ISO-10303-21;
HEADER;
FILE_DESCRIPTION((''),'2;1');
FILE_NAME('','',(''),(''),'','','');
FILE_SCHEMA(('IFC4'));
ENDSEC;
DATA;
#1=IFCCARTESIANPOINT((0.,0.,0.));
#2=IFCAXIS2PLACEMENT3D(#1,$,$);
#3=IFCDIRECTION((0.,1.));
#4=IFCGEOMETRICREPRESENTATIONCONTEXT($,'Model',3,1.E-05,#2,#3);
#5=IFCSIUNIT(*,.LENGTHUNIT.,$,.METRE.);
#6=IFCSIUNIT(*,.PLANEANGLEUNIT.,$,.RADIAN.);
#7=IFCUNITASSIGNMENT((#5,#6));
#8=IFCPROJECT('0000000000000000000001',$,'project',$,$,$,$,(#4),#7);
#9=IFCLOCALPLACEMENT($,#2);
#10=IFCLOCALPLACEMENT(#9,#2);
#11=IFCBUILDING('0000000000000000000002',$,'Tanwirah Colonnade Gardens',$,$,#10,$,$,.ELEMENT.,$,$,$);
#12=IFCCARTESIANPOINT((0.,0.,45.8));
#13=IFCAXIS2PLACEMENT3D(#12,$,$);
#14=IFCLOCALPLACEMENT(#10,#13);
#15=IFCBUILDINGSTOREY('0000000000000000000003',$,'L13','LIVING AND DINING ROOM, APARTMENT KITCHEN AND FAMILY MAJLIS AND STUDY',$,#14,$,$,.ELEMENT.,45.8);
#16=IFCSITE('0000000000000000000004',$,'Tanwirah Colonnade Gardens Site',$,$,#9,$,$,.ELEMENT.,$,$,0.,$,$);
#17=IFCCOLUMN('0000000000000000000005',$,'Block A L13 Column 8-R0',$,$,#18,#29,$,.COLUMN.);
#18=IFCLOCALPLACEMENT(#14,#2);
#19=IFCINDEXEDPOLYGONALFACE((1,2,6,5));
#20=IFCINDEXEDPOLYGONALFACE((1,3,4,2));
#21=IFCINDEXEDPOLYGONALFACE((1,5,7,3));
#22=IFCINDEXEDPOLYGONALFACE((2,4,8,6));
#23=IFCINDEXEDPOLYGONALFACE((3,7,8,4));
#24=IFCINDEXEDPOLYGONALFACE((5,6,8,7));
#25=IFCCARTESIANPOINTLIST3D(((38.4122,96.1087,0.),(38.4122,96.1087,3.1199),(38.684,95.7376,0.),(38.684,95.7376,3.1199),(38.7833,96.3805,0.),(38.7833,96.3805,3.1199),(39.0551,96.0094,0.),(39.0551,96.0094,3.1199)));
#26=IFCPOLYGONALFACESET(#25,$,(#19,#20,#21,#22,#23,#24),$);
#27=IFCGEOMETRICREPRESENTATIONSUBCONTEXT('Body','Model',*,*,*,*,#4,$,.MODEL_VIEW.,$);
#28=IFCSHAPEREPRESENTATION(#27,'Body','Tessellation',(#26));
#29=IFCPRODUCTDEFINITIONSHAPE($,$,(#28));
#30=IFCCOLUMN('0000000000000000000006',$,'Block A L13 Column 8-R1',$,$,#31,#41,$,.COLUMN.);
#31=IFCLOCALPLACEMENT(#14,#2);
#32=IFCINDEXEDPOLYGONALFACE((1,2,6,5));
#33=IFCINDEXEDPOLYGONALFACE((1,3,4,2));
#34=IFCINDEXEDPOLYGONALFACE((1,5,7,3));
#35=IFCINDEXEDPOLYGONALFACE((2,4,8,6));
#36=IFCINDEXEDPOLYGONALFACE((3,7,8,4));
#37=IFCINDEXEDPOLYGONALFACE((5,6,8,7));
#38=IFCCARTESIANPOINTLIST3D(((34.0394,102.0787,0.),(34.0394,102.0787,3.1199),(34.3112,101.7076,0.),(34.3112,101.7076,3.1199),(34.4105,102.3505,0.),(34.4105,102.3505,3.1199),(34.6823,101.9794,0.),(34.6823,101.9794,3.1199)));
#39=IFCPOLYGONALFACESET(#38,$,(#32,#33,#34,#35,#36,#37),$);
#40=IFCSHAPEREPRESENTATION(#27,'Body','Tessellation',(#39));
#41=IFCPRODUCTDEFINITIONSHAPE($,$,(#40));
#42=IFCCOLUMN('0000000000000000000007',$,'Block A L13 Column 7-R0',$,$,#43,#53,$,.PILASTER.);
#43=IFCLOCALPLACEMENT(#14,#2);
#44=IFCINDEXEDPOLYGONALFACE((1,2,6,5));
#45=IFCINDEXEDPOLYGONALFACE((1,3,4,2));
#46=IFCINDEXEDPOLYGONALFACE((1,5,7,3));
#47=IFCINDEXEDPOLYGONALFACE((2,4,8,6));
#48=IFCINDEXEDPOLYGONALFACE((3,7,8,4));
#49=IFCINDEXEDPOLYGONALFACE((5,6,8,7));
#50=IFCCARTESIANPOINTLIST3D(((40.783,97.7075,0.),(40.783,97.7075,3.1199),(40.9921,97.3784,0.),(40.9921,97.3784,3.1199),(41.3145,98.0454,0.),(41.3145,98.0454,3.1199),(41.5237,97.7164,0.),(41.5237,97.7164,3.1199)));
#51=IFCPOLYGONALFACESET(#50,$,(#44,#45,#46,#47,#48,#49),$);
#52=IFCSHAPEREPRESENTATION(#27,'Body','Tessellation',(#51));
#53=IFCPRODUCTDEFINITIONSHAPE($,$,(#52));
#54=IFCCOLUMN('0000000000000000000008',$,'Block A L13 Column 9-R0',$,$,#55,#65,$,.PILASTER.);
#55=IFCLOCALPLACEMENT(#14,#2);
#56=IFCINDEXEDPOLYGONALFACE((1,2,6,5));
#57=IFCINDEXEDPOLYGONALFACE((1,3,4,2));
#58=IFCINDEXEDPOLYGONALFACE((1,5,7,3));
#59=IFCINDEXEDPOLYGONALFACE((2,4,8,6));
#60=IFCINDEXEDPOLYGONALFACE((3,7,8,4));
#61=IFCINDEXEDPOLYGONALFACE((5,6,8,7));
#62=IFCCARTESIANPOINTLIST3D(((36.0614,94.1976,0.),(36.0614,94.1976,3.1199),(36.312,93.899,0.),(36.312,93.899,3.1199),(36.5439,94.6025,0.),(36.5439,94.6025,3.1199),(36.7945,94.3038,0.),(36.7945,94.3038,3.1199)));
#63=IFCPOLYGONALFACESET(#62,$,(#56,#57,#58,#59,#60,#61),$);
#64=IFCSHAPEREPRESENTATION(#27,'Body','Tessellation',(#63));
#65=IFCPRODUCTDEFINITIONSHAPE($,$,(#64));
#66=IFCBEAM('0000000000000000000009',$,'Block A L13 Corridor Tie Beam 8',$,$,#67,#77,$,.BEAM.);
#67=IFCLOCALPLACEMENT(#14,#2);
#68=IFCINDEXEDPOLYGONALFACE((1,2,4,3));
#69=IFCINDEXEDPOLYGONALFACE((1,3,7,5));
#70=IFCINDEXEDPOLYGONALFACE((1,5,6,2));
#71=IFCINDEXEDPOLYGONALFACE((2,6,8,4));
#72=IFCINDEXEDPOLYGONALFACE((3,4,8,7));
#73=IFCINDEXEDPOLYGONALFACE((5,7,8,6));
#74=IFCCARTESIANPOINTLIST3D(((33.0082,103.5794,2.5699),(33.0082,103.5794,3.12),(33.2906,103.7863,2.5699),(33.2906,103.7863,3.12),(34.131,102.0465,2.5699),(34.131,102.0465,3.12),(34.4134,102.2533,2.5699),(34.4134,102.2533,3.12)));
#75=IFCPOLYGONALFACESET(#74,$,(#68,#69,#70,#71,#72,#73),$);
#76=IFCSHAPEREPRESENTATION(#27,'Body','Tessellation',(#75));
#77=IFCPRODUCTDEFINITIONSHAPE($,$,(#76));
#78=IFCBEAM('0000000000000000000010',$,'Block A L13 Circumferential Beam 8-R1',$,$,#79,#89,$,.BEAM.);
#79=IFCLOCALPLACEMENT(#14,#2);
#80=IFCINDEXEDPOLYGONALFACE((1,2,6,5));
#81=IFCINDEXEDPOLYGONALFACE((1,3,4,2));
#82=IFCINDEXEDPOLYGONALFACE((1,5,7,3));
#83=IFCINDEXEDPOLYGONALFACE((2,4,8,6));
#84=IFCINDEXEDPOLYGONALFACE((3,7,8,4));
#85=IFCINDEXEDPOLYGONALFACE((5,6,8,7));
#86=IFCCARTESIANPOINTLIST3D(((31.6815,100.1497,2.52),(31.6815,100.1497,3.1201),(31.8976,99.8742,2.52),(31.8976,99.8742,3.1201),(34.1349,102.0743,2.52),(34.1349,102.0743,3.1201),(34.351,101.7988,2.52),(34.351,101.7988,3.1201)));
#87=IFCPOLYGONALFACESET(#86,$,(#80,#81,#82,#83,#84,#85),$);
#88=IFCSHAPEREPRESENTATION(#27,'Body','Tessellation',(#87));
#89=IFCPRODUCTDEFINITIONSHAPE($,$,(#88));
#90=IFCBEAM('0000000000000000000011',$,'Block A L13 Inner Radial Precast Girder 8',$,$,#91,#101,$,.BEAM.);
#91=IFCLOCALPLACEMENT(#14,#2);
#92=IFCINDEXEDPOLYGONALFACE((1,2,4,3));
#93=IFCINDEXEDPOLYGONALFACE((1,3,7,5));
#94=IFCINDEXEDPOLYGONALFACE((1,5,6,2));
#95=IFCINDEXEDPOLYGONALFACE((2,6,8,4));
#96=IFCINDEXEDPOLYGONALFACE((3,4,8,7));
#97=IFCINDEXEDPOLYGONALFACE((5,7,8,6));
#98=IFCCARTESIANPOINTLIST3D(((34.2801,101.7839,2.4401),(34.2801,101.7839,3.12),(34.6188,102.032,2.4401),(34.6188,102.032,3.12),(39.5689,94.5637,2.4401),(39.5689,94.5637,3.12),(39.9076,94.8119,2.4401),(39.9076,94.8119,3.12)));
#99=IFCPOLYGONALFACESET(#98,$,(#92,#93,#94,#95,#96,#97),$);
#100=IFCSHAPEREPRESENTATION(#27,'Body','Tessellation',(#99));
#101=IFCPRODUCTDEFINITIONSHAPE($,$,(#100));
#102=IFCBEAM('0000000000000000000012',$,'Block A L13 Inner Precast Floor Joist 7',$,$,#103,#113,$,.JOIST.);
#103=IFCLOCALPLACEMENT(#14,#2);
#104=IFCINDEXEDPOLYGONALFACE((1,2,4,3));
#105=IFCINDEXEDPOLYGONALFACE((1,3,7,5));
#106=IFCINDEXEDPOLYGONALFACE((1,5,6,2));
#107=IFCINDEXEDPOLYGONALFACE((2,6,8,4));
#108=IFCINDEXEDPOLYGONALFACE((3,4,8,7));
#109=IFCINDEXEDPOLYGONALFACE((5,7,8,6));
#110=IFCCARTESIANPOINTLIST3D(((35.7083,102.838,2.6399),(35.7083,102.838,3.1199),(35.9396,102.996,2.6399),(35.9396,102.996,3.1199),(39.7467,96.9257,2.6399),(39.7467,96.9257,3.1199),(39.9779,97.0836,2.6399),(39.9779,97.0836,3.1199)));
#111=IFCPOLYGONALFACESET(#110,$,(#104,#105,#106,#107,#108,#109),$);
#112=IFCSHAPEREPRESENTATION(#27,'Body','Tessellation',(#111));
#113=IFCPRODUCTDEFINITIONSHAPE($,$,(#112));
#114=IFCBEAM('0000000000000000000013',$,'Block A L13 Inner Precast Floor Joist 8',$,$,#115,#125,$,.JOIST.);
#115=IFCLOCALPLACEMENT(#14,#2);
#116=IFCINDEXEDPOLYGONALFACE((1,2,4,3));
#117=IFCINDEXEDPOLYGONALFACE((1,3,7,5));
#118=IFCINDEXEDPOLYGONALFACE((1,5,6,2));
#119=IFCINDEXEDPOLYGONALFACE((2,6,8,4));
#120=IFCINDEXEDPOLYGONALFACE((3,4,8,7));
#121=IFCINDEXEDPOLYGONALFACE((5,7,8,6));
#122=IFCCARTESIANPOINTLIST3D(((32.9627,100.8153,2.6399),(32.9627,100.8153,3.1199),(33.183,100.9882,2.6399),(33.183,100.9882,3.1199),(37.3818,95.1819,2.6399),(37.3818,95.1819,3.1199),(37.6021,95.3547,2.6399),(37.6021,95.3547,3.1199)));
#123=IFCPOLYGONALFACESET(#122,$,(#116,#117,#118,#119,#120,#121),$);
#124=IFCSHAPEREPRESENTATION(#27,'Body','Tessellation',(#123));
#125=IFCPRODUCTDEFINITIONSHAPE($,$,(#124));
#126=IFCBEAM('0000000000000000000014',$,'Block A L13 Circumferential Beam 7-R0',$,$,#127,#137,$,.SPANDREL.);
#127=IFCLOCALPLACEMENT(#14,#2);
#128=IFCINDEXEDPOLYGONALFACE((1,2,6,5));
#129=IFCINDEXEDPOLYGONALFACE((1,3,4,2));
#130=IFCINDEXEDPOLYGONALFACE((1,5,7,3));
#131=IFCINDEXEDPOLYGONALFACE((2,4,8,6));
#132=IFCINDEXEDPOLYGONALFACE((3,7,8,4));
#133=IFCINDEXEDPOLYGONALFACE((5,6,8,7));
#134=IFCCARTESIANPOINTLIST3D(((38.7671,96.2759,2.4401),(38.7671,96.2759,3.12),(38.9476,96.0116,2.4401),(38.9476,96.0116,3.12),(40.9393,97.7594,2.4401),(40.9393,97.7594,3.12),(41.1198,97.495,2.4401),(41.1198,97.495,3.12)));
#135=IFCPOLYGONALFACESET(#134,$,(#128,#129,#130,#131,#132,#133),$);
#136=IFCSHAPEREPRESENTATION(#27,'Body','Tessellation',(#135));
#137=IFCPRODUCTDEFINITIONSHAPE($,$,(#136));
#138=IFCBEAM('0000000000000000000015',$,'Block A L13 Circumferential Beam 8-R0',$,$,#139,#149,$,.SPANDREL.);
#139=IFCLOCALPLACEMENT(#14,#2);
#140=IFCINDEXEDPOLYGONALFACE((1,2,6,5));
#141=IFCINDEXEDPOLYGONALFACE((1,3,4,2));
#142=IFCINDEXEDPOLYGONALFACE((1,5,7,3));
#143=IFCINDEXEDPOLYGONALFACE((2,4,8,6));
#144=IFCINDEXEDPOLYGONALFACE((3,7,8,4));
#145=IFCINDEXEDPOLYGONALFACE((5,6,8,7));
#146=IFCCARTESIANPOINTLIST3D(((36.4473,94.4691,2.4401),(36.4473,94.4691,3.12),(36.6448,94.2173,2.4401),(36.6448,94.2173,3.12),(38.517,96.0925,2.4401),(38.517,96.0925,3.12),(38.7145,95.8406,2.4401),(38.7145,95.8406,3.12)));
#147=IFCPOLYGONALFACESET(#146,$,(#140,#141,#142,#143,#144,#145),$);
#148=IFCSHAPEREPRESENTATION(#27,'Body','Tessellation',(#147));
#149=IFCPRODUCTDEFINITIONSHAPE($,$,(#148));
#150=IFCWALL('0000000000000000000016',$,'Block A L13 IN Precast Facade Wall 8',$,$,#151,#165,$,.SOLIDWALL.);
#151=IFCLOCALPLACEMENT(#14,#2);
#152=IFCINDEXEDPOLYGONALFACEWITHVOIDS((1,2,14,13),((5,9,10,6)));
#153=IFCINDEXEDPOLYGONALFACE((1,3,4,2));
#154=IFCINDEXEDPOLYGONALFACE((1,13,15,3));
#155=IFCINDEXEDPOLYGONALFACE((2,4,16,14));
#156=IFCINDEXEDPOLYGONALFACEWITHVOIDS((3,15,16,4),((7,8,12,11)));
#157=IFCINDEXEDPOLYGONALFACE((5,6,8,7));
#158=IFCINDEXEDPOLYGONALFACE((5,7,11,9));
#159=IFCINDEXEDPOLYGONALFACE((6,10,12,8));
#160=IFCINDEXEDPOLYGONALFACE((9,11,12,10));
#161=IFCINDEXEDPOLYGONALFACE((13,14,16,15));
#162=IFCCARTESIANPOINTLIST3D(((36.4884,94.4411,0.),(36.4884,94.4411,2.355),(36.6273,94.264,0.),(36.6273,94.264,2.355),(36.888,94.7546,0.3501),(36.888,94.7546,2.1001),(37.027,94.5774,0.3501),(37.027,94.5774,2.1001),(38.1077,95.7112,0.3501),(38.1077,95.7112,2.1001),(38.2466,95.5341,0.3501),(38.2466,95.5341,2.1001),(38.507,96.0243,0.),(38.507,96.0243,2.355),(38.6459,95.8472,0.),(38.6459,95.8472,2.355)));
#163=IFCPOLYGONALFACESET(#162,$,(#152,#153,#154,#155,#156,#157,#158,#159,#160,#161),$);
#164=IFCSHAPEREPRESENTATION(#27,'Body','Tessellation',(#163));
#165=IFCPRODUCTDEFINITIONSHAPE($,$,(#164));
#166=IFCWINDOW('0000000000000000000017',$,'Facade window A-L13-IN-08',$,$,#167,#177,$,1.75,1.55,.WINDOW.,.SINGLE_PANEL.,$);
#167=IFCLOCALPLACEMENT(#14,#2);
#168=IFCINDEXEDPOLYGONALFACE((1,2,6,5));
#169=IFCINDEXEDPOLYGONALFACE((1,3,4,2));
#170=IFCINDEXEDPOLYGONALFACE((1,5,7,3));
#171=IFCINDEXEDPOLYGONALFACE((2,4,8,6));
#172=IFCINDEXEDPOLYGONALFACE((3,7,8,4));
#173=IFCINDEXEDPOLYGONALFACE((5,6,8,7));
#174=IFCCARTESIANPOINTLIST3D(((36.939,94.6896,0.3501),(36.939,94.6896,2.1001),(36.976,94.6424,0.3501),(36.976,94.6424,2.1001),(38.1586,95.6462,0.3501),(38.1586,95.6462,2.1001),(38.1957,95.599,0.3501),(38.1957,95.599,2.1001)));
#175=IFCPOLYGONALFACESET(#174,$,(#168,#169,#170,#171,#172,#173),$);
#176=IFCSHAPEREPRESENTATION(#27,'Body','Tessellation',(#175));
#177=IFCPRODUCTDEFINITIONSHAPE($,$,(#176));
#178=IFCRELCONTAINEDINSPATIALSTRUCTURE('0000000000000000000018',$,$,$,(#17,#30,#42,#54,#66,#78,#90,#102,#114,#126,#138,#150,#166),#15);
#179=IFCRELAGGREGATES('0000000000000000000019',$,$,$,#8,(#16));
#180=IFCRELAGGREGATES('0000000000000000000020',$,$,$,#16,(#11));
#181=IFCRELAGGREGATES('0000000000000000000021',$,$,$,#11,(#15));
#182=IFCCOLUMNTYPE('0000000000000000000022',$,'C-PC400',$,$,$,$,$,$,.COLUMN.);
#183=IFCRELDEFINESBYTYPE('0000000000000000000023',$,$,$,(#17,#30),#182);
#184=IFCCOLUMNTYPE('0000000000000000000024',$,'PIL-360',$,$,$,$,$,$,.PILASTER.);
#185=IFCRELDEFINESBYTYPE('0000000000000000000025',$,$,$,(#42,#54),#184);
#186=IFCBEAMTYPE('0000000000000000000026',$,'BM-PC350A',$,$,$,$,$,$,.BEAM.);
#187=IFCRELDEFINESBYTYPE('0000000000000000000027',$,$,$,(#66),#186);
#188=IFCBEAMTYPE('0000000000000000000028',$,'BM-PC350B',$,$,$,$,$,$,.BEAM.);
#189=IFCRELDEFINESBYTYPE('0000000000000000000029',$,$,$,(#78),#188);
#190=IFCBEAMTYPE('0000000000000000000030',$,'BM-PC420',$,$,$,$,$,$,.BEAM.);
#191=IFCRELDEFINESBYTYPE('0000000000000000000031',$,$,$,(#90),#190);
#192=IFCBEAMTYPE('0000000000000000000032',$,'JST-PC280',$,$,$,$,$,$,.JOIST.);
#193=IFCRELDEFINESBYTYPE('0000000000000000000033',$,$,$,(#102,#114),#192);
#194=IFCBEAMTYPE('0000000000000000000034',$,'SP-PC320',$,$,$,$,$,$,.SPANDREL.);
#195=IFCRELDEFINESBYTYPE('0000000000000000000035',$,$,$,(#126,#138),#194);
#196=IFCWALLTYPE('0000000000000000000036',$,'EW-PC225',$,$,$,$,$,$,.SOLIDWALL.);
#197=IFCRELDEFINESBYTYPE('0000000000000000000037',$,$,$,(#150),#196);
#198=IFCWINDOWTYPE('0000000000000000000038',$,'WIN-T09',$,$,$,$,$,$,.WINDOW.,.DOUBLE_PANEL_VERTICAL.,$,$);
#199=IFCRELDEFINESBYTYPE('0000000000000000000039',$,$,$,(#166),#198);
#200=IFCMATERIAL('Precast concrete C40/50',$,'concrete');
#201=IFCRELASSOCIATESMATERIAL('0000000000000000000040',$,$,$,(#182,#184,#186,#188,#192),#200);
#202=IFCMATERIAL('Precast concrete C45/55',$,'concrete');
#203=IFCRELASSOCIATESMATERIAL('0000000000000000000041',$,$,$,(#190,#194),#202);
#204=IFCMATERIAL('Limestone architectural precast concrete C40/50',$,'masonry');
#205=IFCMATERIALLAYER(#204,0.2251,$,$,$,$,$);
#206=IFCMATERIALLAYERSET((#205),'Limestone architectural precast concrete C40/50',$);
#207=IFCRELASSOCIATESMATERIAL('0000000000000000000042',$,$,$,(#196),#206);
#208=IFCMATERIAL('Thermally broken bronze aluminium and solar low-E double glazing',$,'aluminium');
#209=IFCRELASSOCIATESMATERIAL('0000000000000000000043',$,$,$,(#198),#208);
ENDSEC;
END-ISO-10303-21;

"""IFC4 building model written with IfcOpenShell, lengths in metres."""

from ifc_helpers import new_model, si_unit, direction, frame, frame_2d, origin, origin_2d, place, context, subcontext, project, spatial, rectangle, extrude, material, layer, layer_set, material_profile, profile_set, type_object, element, fill, save


model = new_model("IFC4")

# Units and contexts
model_context = context("Model", 3, precision=1e-05, world=origin(), true_north=direction((0.0, 1.0)))
body_context = subcontext(model_context, "Body", "Model", "MODEL_VIEW")
ifc_project = project(units=[si_unit("LENGTHUNIT", "METRE"), si_unit("PLANEANGLEUNIT", "RADIAN")], contexts=[model_context])

# Site, building, storey
site_placement = place(None, origin())
site = spatial("IfcSite", under=ifc_project, at=site_placement, Name="Tanwirah Colonnade Gardens Site", CompositionType="ELEMENT", RefElevation=0.0)
building_placement = place(site_placement, origin())
building = spatial("IfcBuilding", under=site, at=building_placement, Name="Tanwirah Colonnade Gardens", CompositionType="ELEMENT")
storey_placement = place(building_placement, frame((0.0, 0.0, 45.8)))
storey = spatial("IfcBuildingStorey", under=building, at=storey_placement, Name="L13", Description="LIVING AND DINING ROOM, APARTMENT KITCHEN AND FAMILY MAJLIS AND STUDY", CompositionType="ELEMENT", Elevation=45.8)

# Columns
ifc_material_1 = material(Name="Precast concrete C40/50", Category="concrete")
ifc_material_profile_1 = material_profile(ifc_material_1, rectangle(XDim=0.46, YDim=0.46, at=origin_2d()), Name="PC-COL 460x460")
ifc_profile_set_1 = profile_set([ifc_material_profile_1], Name="Precast concrete C40/50")
column_type_1 = type_object("IfcColumnType", Name="C-PC400", PredefinedType="COLUMN", material=ifc_profile_set_1)
for number, where, z_axis, x_axis, name in (
    (1, (38.7336, 96.0591, 0.0), (0.0, 0.0, 1.0), (-0.590919, 0.806731, 0.0), "Block A L13 Column 8-R0"),
    (2, (34.3608, 102.0291, 0.0), (0.0, 0.0, 1.0), (-0.590919, 0.806731, 0.0), "Block A L13 Column 8-R1"),
):
    element("IfcColumn", number, at=place(storey_placement, frame(where, z_axis=z_axis, x_axis=x_axis)), inside=storey, type_object=column_type_1, Name=name, PredefinedType="COLUMN", context=body_context, shape_type="SweptSolid", body=[
        extrude(rectangle(XDim=0.46, YDim=0.46, at=origin_2d()), origin(), (0.0, 0.0, 1.0), 3.1199),
    ])
ifc_material_profile_2 = material_profile(ifc_material_1, rectangle(XDim=0.3899, YDim=0.6299, at=origin_2d()), Name="PC-PIL 390x630")
ifc_profile_set_2 = profile_set([ifc_material_profile_2], Name="Precast concrete C40/50")
column_type_2 = type_object("IfcColumnType", Name="PIL-360", PredefinedType="PILASTER", material=ifc_profile_set_2)
for number, where, z_axis, x_axis, name in (
    (3, (41.1533, 97.7119, 0.0), (0.0, 0.0, 1.0), (-0.536482, 0.843912, 0.0), "Block A L13 Column 7-R0"),
    (4, (36.428, 94.2507, 0.0), (0.0, 0.0, 1.0), (-0.642788, 0.766044, 0.0), "Block A L13 Column 9-R0"),
):
    element("IfcColumn", number, at=place(storey_placement, frame(where, z_axis=z_axis, x_axis=x_axis)), inside=storey, type_object=column_type_2, Name=name, PredefinedType="PILASTER", context=body_context, shape_type="SweptSolid", body=[
        extrude(rectangle(XDim=0.3899, YDim=0.6299, at=origin_2d()), origin(), (0.0, 0.0, 1.0), 3.1199),
    ])

# Beams
ifc_material_profile_3 = material_profile(ifc_material_1, rectangle(XDim=0.3501, YDim=0.55, at=origin_2d()), Name="PC-BM 350x550")
ifc_profile_set_3 = profile_set([ifc_material_profile_3], Name="Precast concrete C40/50")
beam_type_1 = type_object("IfcBeamType", Name="BM-PC350A", PredefinedType="BEAM", material=ifc_profile_set_3)
beam_1_placement = place(storey_placement, frame((34.2722, 102.1499, 2.845), z_axis=(-0.590896, 0.806748, 0.0), x_axis=(-0.806748, -0.590896, 0.0)))
element("IfcBeam", 5, at=beam_1_placement, inside=storey, type_object=beam_type_1, Name="Block A L13 Corridor Tie Beam 8", PredefinedType="BEAM", context=body_context, shape_type="SweptSolid", body=[
    extrude(rectangle(XDim=0.3501, YDim=0.55, at=origin_2d()), origin(), (0.0, 0.0, 1.0), 1.9001),
])
ifc_material_profile_4 = material_profile(ifc_material_1, rectangle(XDim=0.3501, YDim=0.6001, at=origin_2d()), Name="PC-BM 350x600")
ifc_profile_set_4 = profile_set([ifc_material_profile_4], Name="Precast concrete C40/50")
beam_type_2 = type_object("IfcBeamType", Name="BM-PC350B", PredefinedType="BEAM", material=ifc_profile_set_4)
beam_2_placement = place(storey_placement, frame((34.2429, 101.9365, 2.8201), z_axis=(-0.786799, -0.617209, 0.0), x_axis=(0.617209, -0.786799, 0.0)))
element("IfcBeam", 6, at=beam_2_placement, inside=storey, type_object=beam_type_2, Name="Block A L13 Circumferential Beam 8-R1", PredefinedType="BEAM", context=body_context, shape_type="SweptSolid", body=[
    extrude(rectangle(XDim=0.3501, YDim=0.6001, at=origin_2d()), origin(), (0.0, 0.0, 1.0), 3.1182),
])
ifc_material_2 = material(Name="Precast concrete C45/55", Category="concrete")
ifc_material_profile_5 = material_profile(ifc_material_2, rectangle(XDim=0.4199, YDim=0.6799, at=origin_2d()), Name="PC-BM 420x680")
ifc_profile_set_5 = profile_set([ifc_material_profile_5], Name="Precast concrete C45/55")
beam_type_3 = type_object("IfcBeamType", Name="BM-PC420", PredefinedType="BEAM", material=ifc_profile_set_5)
beam_3_placement = place(storey_placement, frame((34.4495, 101.908, 2.78), z_axis=(0.590927, -0.806725, 0.0), x_axis=(0.806725, 0.590927, 0.0)))
element("IfcBeam", 7, at=beam_3_placement, inside=storey, type_object=beam_type_3, Name="Block A L13 Inner Radial Precast Girder 8", PredefinedType="BEAM", context=body_context, shape_type="SweptSolid", body=[
    extrude(rectangle(XDim=0.4199, YDim=0.6799, at=origin_2d()), origin(), (0.0, 0.0, 1.0), 8.95),
])
ifc_material_profile_6 = material_profile(ifc_material_1, rectangle(XDim=0.28, YDim=0.48, at=origin_2d()), Name="PC-JST 280x480")
ifc_profile_set_6 = profile_set([ifc_material_profile_6], Name="Precast concrete C40/50")
beam_type_4 = type_object("IfcBeamType", Name="JST-PC280", PredefinedType="JOIST", material=ifc_profile_set_6)
for number, where, z_axis, x_axis, name in (
    (8, (39.8623, 97.0046, 2.8799), (-0.564021, 0.82576, 0.0), (-0.82576, -0.564021, 0.0), "Block A L13 Inner Precast Floor Joist 7"),
    (9, (37.4919, 95.2683, 2.8799), (-0.617202, 0.786804, 0.0), (-0.786804, -0.617202, 0.0), "Block A L13 Inner Precast Floor Joist 8"),
):
    element("IfcBeam", number, at=place(storey_placement, frame(where, z_axis=z_axis, x_axis=x_axis)), inside=storey, type_object=beam_type_4, Name=name, PredefinedType="JOIST", context=body_context, shape_type="SweptSolid", body=[
        extrude(rectangle(XDim=0.28, YDim=0.48, at=origin_2d()), origin(), (0.0, 0.0, 1.0), 7.1599),
    ])
ifc_material_profile_7 = material_profile(ifc_material_2, rectangle(XDim=0.3201, YDim=0.6799, at=origin_2d()), Name="PC-SP 320x680")
ifc_profile_set_7 = profile_set([ifc_material_profile_7], Name="Precast concrete C45/55")
beam_type_5 = type_object("IfcBeamType", Name="SP-PC320", PredefinedType="SPANDREL", material=ifc_profile_set_7)
for number, where, z_axis, x_axis, name in (
    (10, (41.0295, 97.6272, 2.78), (-0.825801, -0.563962, 0.0), (0.563962, -0.825801, 0.0), "Block A L13 Circumferential Beam 7-R0"),
    (11, (38.6157, 95.9666, 2.78), (-0.786837, -0.617161, 0.0), (0.617161, -0.786837, 0.0), "Block A L13 Circumferential Beam 8-R0"),
):
    element("IfcBeam", number, at=place(storey_placement, frame(where, z_axis=z_axis, x_axis=x_axis)), inside=storey, type_object=beam_type_5, Name=name, PredefinedType="SPANDREL", context=body_context, shape_type="SweptSolid", body=[
        extrude(rectangle(XDim=0.3201, YDim=0.6799, at=origin_2d()), origin(), (0.0, 0.0, 1.0), 2.6304),
    ])

# Wall, opening, window
ifc_material_3 = material(Name="Limestone architectural precast concrete C40/50", Category="masonry")
ifc_layer_1 = layer(ifc_material_3, 0.2251)
ifc_layer_set_1 = layer_set([ifc_layer_1], Name="Limestone architectural precast concrete C40/50")
wall_type_1 = type_object("IfcWallType", Name="EW-PC225", PredefinedType="SOLIDWALL", material=ifc_layer_set_1)
wall_1_placement = place(storey_placement, frame((38.5764, 95.9358, 0.0), z_axis=(0.0, 0.0, 1.0), x_axis=(-0.78684, -0.617157, 0.0)))
wall_1 = element("IfcWall", 12, at=wall_1_placement, inside=storey, type_object=wall_type_1, Name="Block A L13 IN Precast Facade Wall 8", PredefinedType="SOLIDWALL", context=body_context, shape_type="SweptSolid", body=[
    extrude(rectangle(XDim=2.5654, YDim=0.2251, at=frame_2d((1.2827, 0.0))), origin(), (0.0, 0.0, 1.0), 2.355),
])
opening_1_placement = place(wall_1_placement, frame((0.5076, 0.0, 0.3501)))
opening_1 = element("IfcOpeningElement", 13, at=opening_1_placement, cuts=wall_1, PredefinedType="OPENING", context=body_context, shape_type="SweptSolid", body=[
    extrude(rectangle(XDim=1.55, YDim=1.75, at=frame_2d((0.7749, 0.875))), frame((0.0, 0.1226, 0.0), z_axis=(0.0, -1.0, 0.0), x_axis=(1.0, 0.0, 0.0)), (0.0, 0.0, 1.0), 0.2451),
])
ifc_material_4 = material(Name="Thermally broken bronze aluminium and solar low-E double glazing", Category="aluminium")
window_type = type_object("IfcWindowType", Name="WIN-T09", PartitioningType="DOUBLE_PANEL_VERTICAL", PredefinedType="WINDOW", material=ifc_material_4)
window_placement = place(opening_1_placement, origin())
window = element("IfcWindow", 14, at=window_placement, inside=storey, type_object=window_type, Name="Facade window A-L13-IN-08", OverallHeight=1.75, OverallWidth=1.55, PartitioningType="SINGLE_PANEL", PredefinedType="WINDOW", context=body_context, shape_type="SweptSolid", body=[
    extrude(rectangle(XDim=1.55, YDim=1.75, at=frame_2d((0.7749, 0.875))), frame((0.0, 0.03, 0.0), z_axis=(0.0, -1.0, 0.0), x_axis=(1.0, 0.0, 0.0)), (0.0, 0.0, 1.0), 0.0601),
])
fill(opening_1, window)

save(model, "model.ifc")
